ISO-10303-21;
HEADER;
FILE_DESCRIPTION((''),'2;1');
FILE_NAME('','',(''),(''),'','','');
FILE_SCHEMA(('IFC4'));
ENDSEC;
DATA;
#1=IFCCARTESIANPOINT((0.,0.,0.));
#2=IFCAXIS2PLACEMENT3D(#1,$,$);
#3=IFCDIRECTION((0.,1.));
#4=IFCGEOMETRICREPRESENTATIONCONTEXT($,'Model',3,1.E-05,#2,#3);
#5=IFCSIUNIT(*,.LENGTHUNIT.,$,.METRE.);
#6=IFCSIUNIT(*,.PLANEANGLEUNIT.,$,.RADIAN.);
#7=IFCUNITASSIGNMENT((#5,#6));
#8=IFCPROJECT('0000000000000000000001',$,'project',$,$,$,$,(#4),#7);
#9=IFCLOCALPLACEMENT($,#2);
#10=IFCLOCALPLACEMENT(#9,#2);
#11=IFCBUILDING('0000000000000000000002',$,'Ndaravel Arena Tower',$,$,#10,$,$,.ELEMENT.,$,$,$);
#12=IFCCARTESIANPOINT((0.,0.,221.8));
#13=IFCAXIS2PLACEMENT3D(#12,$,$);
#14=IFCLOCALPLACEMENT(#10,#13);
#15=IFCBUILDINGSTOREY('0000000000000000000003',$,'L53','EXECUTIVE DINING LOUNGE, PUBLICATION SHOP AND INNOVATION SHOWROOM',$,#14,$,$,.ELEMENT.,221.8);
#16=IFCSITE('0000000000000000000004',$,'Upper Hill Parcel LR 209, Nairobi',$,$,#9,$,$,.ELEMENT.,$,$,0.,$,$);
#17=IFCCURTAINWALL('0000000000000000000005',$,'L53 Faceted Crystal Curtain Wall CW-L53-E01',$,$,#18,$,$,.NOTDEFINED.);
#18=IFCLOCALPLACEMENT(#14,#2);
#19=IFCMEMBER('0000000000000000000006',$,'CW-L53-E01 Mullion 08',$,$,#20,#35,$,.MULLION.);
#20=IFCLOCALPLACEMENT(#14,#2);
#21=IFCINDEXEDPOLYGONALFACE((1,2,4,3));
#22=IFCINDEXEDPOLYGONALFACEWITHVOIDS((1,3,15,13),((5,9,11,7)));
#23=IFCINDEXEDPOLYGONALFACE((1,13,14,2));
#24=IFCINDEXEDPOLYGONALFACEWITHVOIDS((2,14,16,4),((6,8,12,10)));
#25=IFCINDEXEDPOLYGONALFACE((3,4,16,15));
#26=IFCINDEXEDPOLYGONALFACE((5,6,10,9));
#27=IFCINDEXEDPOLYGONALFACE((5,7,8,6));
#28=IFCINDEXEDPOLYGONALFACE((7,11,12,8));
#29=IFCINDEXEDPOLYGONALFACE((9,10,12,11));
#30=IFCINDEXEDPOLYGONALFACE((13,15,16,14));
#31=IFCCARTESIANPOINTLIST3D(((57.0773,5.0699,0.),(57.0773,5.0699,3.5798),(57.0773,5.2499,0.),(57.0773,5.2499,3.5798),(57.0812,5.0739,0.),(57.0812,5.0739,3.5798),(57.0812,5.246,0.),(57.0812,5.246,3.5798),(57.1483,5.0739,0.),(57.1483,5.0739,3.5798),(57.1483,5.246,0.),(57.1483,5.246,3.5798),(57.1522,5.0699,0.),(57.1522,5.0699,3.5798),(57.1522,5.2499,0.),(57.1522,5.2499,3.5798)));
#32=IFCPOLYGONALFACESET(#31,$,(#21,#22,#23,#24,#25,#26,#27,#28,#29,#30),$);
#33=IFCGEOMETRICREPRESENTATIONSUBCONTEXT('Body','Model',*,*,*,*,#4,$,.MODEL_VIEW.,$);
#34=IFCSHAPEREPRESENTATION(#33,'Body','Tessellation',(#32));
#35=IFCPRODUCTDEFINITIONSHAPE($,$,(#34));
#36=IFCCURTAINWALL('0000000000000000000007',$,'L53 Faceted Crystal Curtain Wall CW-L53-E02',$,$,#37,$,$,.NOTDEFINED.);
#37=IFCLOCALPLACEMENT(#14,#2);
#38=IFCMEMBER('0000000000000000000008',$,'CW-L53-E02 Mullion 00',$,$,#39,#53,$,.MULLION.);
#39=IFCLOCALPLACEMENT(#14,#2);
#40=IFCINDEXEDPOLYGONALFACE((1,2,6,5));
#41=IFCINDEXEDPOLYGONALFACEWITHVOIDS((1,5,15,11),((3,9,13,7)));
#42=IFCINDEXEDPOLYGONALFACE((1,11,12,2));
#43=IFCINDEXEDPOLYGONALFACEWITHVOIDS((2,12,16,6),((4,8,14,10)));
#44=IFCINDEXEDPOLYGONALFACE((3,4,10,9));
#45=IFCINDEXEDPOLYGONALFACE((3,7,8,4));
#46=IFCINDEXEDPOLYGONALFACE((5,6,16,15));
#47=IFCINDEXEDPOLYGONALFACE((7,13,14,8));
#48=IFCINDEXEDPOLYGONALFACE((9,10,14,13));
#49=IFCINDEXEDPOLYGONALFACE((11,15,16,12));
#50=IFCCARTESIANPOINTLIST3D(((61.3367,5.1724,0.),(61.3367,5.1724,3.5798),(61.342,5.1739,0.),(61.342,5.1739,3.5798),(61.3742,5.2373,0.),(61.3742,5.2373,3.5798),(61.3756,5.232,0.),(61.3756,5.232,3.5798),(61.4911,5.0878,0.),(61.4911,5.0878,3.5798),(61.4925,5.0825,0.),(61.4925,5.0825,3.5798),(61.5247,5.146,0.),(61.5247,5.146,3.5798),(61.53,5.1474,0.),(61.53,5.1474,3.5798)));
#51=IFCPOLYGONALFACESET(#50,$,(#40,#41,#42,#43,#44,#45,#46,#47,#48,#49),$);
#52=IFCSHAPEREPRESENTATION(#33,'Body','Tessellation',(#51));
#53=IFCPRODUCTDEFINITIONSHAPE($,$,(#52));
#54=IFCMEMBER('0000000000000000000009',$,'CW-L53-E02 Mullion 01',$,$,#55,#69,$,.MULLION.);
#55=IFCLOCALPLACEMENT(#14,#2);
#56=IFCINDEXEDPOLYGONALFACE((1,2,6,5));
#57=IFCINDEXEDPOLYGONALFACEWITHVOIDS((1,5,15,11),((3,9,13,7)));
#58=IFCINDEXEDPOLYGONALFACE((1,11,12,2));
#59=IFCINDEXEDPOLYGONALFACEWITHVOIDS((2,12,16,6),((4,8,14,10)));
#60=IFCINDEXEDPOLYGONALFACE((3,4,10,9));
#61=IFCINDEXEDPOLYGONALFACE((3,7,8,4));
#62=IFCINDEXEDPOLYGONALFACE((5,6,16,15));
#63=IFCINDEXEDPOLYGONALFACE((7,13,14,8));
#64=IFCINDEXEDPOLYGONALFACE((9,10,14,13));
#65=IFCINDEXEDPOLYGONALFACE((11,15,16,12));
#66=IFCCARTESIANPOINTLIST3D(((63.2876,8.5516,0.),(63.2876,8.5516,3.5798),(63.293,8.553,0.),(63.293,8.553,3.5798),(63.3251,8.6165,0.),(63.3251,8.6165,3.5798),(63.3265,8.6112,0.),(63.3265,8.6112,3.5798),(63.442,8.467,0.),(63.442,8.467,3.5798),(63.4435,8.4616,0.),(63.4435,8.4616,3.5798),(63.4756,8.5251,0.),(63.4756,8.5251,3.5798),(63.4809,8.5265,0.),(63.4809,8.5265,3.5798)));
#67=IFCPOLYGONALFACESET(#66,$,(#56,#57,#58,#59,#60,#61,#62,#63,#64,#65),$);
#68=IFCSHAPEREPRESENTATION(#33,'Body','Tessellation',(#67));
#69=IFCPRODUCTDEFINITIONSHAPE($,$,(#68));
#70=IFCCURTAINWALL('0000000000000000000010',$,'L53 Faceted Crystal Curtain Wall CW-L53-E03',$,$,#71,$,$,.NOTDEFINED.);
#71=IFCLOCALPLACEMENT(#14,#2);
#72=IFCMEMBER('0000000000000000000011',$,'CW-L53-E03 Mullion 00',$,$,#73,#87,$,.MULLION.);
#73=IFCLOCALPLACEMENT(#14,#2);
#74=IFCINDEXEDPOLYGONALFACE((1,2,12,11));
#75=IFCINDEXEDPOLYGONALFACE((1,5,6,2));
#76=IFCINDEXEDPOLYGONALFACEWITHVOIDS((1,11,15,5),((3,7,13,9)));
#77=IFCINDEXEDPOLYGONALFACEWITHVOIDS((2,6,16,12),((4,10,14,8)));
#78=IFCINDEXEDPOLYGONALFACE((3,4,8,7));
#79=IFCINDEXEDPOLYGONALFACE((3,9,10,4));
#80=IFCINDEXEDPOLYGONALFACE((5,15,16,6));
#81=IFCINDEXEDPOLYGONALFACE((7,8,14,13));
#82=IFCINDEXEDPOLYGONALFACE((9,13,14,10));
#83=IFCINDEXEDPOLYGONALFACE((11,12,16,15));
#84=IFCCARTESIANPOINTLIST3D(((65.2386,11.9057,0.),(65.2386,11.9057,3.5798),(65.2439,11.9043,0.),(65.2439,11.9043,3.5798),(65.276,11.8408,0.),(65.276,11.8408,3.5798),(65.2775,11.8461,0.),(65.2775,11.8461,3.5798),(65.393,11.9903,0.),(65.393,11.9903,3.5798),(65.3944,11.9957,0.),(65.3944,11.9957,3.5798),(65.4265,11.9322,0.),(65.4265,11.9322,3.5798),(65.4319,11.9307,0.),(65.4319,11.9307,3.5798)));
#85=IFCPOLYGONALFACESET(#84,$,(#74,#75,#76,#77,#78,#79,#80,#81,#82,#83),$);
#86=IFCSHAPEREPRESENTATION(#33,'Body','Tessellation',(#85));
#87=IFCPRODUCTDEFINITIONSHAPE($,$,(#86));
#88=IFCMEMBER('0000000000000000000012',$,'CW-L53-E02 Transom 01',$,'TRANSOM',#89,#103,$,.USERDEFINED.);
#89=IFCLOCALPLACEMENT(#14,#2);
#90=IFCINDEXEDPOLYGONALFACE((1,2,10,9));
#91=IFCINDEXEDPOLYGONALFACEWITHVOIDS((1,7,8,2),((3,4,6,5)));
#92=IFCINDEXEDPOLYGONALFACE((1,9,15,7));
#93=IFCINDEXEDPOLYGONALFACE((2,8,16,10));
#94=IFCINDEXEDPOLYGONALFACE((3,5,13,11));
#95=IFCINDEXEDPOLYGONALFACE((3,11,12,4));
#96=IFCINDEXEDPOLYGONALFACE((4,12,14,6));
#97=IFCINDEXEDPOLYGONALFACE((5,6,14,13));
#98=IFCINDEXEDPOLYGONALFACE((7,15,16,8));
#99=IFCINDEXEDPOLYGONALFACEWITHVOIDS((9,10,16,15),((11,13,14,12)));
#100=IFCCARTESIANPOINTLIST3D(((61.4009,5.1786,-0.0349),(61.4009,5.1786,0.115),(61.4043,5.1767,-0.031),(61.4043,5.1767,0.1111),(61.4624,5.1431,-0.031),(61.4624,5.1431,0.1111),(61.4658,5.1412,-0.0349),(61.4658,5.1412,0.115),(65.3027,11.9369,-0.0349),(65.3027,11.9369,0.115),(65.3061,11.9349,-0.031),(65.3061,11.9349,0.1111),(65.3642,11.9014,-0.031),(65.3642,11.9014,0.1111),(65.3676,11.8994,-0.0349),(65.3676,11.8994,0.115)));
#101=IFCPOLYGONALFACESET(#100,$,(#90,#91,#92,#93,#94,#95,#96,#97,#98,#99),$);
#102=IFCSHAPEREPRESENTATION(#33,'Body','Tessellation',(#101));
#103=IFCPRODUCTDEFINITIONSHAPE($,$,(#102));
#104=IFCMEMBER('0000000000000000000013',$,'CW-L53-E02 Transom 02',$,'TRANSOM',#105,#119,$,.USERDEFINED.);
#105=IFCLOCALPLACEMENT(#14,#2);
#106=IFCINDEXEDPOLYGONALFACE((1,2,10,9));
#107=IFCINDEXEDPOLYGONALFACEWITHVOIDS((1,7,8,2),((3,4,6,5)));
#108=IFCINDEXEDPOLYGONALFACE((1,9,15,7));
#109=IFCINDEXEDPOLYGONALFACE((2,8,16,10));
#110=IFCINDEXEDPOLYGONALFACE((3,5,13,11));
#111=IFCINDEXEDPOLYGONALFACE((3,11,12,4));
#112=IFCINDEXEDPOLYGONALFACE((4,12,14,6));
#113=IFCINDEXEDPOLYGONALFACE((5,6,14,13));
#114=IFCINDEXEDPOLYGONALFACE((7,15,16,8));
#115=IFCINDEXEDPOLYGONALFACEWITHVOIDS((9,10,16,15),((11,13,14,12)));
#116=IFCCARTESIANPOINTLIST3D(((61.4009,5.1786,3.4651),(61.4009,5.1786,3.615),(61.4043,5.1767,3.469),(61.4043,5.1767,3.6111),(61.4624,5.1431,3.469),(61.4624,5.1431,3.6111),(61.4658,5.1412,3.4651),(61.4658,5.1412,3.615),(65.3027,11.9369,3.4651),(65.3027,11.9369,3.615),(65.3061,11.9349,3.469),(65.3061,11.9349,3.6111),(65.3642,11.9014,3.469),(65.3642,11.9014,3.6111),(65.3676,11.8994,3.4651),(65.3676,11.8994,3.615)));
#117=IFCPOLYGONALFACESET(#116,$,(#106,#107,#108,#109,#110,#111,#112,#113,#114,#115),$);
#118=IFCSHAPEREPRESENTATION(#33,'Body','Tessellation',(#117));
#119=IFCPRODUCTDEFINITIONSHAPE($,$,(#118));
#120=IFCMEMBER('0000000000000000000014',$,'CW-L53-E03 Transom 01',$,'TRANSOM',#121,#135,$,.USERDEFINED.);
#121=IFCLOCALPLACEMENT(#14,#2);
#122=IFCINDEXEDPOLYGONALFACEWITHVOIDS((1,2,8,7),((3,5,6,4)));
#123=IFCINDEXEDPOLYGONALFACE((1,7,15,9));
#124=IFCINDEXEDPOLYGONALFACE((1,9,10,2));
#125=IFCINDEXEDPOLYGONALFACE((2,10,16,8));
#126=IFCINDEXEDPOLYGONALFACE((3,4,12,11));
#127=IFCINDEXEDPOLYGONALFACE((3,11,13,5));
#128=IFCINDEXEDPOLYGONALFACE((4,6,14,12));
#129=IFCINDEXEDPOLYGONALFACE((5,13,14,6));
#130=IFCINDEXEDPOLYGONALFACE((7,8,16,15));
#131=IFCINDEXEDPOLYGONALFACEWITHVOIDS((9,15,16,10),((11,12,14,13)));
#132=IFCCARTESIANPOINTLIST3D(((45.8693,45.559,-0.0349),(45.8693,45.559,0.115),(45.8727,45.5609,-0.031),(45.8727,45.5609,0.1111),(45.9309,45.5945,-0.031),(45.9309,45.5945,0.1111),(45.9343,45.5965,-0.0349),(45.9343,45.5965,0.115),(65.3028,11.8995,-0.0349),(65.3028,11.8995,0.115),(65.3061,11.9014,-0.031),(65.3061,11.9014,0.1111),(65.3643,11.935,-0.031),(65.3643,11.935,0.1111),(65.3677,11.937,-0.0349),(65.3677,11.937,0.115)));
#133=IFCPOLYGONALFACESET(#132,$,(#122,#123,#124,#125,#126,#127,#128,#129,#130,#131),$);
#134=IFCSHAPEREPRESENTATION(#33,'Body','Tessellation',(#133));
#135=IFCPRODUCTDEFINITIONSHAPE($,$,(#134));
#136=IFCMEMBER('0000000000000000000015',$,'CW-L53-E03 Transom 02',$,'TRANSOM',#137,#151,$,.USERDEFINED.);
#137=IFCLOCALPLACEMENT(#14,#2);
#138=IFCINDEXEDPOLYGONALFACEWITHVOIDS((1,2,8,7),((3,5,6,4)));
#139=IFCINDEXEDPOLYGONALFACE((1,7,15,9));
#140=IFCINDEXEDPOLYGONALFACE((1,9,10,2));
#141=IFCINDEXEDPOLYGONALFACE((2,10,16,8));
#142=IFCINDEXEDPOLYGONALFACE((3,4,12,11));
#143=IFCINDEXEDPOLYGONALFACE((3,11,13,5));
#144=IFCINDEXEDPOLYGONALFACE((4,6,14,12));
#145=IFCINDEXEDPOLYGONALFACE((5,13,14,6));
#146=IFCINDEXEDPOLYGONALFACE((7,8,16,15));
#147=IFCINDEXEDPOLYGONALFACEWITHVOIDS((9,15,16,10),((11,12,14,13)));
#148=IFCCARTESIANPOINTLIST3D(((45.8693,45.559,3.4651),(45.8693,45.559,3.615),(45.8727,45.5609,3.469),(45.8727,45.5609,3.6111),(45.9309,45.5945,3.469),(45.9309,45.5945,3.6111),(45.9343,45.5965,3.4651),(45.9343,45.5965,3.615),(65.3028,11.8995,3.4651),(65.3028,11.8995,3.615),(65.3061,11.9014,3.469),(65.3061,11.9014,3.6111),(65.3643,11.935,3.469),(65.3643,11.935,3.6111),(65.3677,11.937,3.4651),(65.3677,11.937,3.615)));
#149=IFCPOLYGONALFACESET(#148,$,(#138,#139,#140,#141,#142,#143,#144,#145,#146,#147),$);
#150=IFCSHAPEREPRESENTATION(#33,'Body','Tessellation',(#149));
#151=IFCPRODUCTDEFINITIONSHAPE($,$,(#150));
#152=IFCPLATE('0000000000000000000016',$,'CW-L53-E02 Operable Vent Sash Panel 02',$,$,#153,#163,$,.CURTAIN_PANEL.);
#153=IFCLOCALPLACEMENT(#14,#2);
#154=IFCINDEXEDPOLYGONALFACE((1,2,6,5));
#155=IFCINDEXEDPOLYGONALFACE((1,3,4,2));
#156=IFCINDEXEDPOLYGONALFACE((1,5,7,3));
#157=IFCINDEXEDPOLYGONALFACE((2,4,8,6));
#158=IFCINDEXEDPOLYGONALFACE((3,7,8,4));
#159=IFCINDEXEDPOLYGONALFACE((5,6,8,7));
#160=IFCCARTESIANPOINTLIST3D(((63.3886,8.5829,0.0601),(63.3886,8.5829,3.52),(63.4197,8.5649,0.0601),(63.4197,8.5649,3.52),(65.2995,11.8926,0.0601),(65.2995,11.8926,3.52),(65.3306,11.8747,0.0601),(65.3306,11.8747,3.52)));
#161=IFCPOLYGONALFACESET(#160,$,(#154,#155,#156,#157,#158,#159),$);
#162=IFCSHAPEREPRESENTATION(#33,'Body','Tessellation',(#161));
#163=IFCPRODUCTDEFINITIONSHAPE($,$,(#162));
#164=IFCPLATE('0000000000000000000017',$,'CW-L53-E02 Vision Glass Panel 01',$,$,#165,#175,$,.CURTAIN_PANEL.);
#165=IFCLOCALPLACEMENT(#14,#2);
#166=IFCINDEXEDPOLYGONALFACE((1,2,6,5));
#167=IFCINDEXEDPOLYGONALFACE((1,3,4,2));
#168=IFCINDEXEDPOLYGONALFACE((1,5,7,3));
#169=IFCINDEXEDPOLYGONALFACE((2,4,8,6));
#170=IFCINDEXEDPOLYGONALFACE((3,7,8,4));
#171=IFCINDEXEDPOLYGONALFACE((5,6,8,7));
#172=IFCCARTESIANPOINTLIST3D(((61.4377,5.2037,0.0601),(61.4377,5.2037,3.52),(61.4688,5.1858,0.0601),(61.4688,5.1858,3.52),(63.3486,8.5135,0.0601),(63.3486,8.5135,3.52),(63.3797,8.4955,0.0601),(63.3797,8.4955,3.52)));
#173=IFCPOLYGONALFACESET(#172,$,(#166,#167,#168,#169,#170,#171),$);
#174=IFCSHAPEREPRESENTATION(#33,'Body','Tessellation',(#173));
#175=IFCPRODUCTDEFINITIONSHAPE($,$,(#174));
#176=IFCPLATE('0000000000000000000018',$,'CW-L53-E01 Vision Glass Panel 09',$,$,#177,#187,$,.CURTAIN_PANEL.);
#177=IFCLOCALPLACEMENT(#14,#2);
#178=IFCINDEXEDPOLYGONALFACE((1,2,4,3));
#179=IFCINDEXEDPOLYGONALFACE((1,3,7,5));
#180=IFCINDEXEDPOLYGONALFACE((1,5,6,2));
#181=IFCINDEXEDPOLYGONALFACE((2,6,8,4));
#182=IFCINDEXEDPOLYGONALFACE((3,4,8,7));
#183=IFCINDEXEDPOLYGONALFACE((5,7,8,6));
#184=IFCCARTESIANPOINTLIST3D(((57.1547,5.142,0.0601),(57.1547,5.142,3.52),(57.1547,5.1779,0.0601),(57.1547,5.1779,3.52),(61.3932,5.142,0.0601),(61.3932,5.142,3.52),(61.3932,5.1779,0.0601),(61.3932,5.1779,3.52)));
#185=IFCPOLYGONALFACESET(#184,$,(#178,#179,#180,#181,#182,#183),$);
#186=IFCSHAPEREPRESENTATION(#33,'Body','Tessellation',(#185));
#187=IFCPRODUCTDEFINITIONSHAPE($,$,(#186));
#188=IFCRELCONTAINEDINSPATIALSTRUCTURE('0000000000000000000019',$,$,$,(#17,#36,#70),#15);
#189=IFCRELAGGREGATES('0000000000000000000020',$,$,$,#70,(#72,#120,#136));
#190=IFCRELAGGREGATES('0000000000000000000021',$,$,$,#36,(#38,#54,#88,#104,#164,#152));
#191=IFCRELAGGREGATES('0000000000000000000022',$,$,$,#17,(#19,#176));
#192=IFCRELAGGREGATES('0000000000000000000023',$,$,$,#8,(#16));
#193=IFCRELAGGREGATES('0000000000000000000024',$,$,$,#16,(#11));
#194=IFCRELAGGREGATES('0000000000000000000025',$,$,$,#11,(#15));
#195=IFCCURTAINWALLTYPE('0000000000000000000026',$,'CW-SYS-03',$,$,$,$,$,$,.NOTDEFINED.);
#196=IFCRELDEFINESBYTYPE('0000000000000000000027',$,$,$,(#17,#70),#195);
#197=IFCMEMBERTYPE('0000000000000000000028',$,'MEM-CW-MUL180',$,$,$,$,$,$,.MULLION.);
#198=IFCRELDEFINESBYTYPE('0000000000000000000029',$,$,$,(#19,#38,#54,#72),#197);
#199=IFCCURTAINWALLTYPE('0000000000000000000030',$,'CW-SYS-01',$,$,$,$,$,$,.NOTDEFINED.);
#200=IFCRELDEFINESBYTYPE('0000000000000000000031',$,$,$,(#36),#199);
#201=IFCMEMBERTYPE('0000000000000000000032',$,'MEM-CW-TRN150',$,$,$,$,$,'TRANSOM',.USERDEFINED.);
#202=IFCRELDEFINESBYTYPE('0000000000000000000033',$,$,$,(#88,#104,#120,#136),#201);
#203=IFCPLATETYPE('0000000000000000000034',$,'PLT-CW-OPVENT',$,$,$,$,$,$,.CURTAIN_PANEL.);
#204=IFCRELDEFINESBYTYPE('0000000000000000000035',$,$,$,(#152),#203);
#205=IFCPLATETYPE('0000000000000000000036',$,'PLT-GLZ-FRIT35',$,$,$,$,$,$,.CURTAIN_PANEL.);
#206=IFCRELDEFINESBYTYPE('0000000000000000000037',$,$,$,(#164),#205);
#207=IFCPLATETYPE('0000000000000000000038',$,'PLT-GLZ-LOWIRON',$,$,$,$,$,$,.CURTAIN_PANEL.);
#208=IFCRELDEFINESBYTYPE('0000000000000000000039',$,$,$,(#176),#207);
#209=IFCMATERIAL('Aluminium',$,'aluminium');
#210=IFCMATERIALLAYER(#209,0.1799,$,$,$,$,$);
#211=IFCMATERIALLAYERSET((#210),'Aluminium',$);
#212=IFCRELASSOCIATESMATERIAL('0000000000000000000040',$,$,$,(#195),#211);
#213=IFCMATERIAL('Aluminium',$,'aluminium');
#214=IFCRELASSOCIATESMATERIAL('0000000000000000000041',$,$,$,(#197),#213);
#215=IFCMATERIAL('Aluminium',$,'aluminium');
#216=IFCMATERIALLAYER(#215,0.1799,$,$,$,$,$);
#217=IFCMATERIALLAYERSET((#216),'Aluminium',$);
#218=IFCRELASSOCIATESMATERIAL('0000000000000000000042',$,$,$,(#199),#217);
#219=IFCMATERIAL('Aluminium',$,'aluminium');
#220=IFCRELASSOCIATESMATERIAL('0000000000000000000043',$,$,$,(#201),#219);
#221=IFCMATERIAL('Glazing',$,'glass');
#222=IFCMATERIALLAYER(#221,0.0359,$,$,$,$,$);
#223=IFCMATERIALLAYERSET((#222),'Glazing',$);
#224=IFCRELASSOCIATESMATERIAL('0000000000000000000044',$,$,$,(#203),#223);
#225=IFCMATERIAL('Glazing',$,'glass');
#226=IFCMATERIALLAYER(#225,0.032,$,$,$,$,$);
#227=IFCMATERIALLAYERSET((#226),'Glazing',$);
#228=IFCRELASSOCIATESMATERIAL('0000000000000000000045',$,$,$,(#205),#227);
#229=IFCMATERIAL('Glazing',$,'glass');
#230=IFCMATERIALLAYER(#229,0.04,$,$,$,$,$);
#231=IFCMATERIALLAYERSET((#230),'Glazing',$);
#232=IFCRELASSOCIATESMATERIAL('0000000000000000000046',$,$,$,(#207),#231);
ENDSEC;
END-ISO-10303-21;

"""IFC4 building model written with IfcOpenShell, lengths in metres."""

from ifc_helpers import new_model, si_unit, direction, frame, origin, origin_2d, place, context, subcontext, project, spatial, rectangle, hollow_rectangle, extrude, material, layer, layer_set, material_profile, profile_set, type_object, element, aggregate, save


model = new_model("IFC4")

# Units and contexts
model_context = context("Model", 3, precision=1e-05, world=origin(), true_north=direction((0.0, 1.0)))
body_context = subcontext(model_context, "Body", "Model", "MODEL_VIEW")
ifc_project = project(units=[si_unit("LENGTHUNIT", "METRE"), si_unit("PLANEANGLEUNIT", "RADIAN")], contexts=[model_context])

# Site, building, storey
site_placement = place(None, origin())
site = spatial("IfcSite", under=ifc_project, at=site_placement, Name="Upper Hill Parcel LR 209, Nairobi", CompositionType="ELEMENT", RefElevation=0.0)
building_placement = place(site_placement, origin())
building = spatial("IfcBuilding", under=site, at=building_placement, Name="Ndaravel Arena Tower", CompositionType="ELEMENT")
storey_placement = place(building_placement, frame((0.0, 0.0, 221.8)))
storey = spatial("IfcBuildingStorey", under=building, at=storey_placement, Name="L53", Description="EXECUTIVE DINING LOUNGE, PUBLICATION SHOP AND INNOVATION SHOWROOM", CompositionType="ELEMENT", Elevation=221.8)

# Curtain wall, member
ifc_material_1 = material(Name="Aluminium", Category="aluminium")
ifc_layer_1 = layer(ifc_material_1, 0.1799)
ifc_layer_set_1 = layer_set([ifc_layer_1], Name="Aluminium")
curtain_wall_type_1 = type_object("IfcCurtainWallType", Name="CW-SYS-03", PredefinedType="NOTDEFINED", material=ifc_layer_set_1)
curtain_wall_1_placement = place(storey_placement, origin())
curtain_wall_1 = element("IfcCurtainWall", 1, at=curtain_wall_1_placement, inside=storey, type_object=curtain_wall_type_1, Name="L53 Faceted Crystal Curtain Wall CW-L53-E01", PredefinedType="NOTDEFINED")
ifc_material_2 = material(Name="Aluminium", Category="aluminium")
ifc_material_profile_1 = material_profile(ifc_material_2, hollow_rectangle(XDim=0.075, YDim=0.1799, WallThickness=0.0039, at=origin_2d()), Name="CW MULLION 75x180x4")
ifc_profile_set_1 = profile_set([ifc_material_profile_1], Name="Aluminium")
member_type_1 = type_object("IfcMemberType", Name="MEM-CW-MUL180", PredefinedType="MULLION", material=ifc_profile_set_1)
member_1_placement = place(storey_placement, frame((57.1147, 5.1599, 0.0), z_axis=(0.0, 0.0, 1.0), x_axis=(1.0, 0.0, 0.0)))
member_1 = element("IfcMember", 2, at=member_1_placement, type_object=member_type_1, Name="CW-L53-E01 Mullion 08", PredefinedType="MULLION", context=body_context, shape_type="SweptSolid", body=[
    extrude(hollow_rectangle(XDim=0.075, YDim=0.1799, WallThickness=0.0039, at=origin_2d()), origin(), (0.0, 0.0, 1.0), 3.5798),
])

# Curtain wall, members
ifc_material_3 = material(Name="Aluminium", Category="aluminium")
ifc_layer_2 = layer(ifc_material_3, 0.1799)
ifc_layer_set_2 = layer_set([ifc_layer_2], Name="Aluminium")
curtain_wall_type_2 = type_object("IfcCurtainWallType", Name="CW-SYS-01", PredefinedType="NOTDEFINED", material=ifc_layer_set_2)
curtain_wall_2_placement = place(storey_placement, origin())
curtain_wall_2 = element("IfcCurtainWall", 3, at=curtain_wall_2_placement, inside=storey, type_object=curtain_wall_type_2, Name="L53 Faceted Crystal Curtain Wall CW-L53-E02", PredefinedType="NOTDEFINED")
member_2_placement = place(storey_placement, frame((61.4333, 5.1599, 0.0), z_axis=(0.0, 0.0, 1.0), x_axis=(0.5, 0.866025, 0.0)))
member_2 = element("IfcMember", 4, at=member_2_placement, type_object=member_type_1, Name="CW-L53-E02 Mullion 00", PredefinedType="MULLION", context=body_context, shape_type="SweptSolid", body=[
    extrude(hollow_rectangle(XDim=0.075, YDim=0.1799, WallThickness=0.0039, at=origin_2d()), origin(), (0.0, 0.0, 1.0), 3.5798),
])
member_3_placement = place(storey_placement, frame((63.3843, 8.5391, 0.0), z_axis=(0.0, 0.0, 1.0), x_axis=(0.5, 0.866025, 0.0)))
member_3 = element("IfcMember", 5, at=member_3_placement, type_object=member_type_1, Name="CW-L53-E02 Mullion 01", PredefinedType="MULLION", context=body_context, shape_type="SweptSolid", body=[
    extrude(hollow_rectangle(XDim=0.075, YDim=0.1799, WallThickness=0.0039, at=origin_2d()), origin(), (0.0, 0.0, 1.0), 3.5798),
])

# Curtain wall, member
curtain_wall_3_placement = place(storey_placement, origin())
curtain_wall_3 = element("IfcCurtainWall", 6, at=curtain_wall_3_placement, inside=storey, type_object=curtain_wall_type_1, Name="L53 Faceted Crystal Curtain Wall CW-L53-E03", PredefinedType="NOTDEFINED")
member_4_placement = place(storey_placement, frame((65.3352, 11.9182, 0.0), z_axis=(0.0, 0.0, 1.0), x_axis=(-0.5, 0.866025, 0.0)))
member_4 = element("IfcMember", 7, at=member_4_placement, type_object=member_type_1, Name="CW-L53-E03 Mullion 00", PredefinedType="MULLION", context=body_context, shape_type="SweptSolid", body=[
    extrude(hollow_rectangle(XDim=0.075, YDim=0.1799, WallThickness=0.0039, at=origin_2d()), origin(), (0.0, 0.0, 1.0), 3.5798),
])

# Members
ifc_material_4 = material(Name="Aluminium", Category="aluminium")
ifc_material_profile_2 = material_profile(ifc_material_4, hollow_rectangle(XDim=0.075, YDim=0.1499, WallThickness=0.0039, at=origin_2d()), Name="CW TRANSOM 75x150x4")
ifc_profile_set_2 = profile_set([ifc_material_profile_2], Name="Aluminium")
member_type_2 = type_object("IfcMemberType", Name="MEM-CW-TRN150", ElementType="TRANSOM", PredefinedType="USERDEFINED", material=ifc_profile_set_2)
member_5_placement = place(storey_placement, frame((61.4333, 5.1599, 0.04), z_axis=(0.499995, 0.866028, 0.0), x_axis=(-0.866028, 0.499995, 0.0)))
member_5 = element("IfcMember", 8, at=member_5_placement, type_object=member_type_2, Name="CW-L53-E02 Transom 01", ObjectType="TRANSOM", PredefinedType="USERDEFINED", context=body_context, shape_type="SweptSolid", body=[
    extrude(hollow_rectangle(XDim=0.075, YDim=0.1499, WallThickness=0.0039, at=origin_2d()), origin(), (0.0, 0.0, 1.0), 7.8037),
])
member_6_placement = place(storey_placement, frame((61.4333, 5.1599, 3.54), z_axis=(0.499995, 0.866028, 0.0), x_axis=(-0.866028, 0.499995, 0.0)))
member_6 = element("IfcMember", 9, at=member_6_placement, type_object=member_type_2, Name="CW-L53-E02 Transom 02", ObjectType="TRANSOM", PredefinedType="USERDEFINED", context=body_context, shape_type="SweptSolid", body=[
    extrude(hollow_rectangle(XDim=0.075, YDim=0.1499, WallThickness=0.0039, at=origin_2d()), origin(), (0.0, 0.0, 1.0), 7.8037),
])
member_7_placement = place(storey_placement, frame((65.3352, 11.9182, 0.04), z_axis=(-0.500001, 0.866025, 0.0), x_axis=(-0.866025, -0.500001, 0.0)))
member_7 = element("IfcMember", 10, at=member_7_placement, type_object=member_type_2, Name="CW-L53-E03 Transom 01", ObjectType="TRANSOM", PredefinedType="USERDEFINED", context=body_context, shape_type="SweptSolid", body=[
    extrude(hollow_rectangle(XDim=0.075, YDim=0.1499, WallThickness=0.0039, at=origin_2d()), origin(), (0.0, 0.0, 1.0), 38.8667),
])
member_8_placement = place(storey_placement, frame((65.3352, 11.9182, 3.54), z_axis=(-0.500001, 0.866025, 0.0), x_axis=(-0.866025, -0.500001, 0.0)))
member_8 = element("IfcMember", 11, at=member_8_placement, type_object=member_type_2, Name="CW-L53-E03 Transom 02", ObjectType="TRANSOM", PredefinedType="USERDEFINED", context=body_context, shape_type="SweptSolid", body=[
    extrude(hollow_rectangle(XDim=0.075, YDim=0.1499, WallThickness=0.0039, at=origin_2d()), origin(), (0.0, 0.0, 1.0), 38.8667),
])
aggregate(curtain_wall_3, [member_4, member_7, member_8])

# Plates
ifc_material_5 = material(Name="Glazing", Category="glass")
ifc_layer_3 = layer(ifc_material_5, 0.0359)
ifc_layer_set_3 = layer_set([ifc_layer_3], Name="Glazing")
plate_type_1 = type_object("IfcPlateType", Name="PLT-CW-OPVENT", PredefinedType="CURTAIN_PANEL", material=ifc_layer_set_3)
plate_1_placement = place(storey_placement, frame((64.3596, 10.2288, 0.0601), z_axis=(0.0, 0.0, 1.0), x_axis=(0.5, 0.866025, 0.0)))
plate_1 = element("IfcPlate", 12, at=plate_1_placement, type_object=plate_type_1, Name="CW-L53-E02 Operable Vent Sash Panel 02", PredefinedType="CURTAIN_PANEL", context=body_context, shape_type="SweptSolid", body=[
    extrude(rectangle(XDim=3.8218, YDim=0.0359, at=origin_2d()), origin(), (0.0, 0.0, 1.0), 3.46),
])
ifc_material_6 = material(Name="Glazing", Category="glass")
ifc_layer_4 = layer(ifc_material_6, 0.032)
ifc_layer_set_4 = layer_set([ifc_layer_4], Name="Glazing")
plate_type_2 = type_object("IfcPlateType", Name="PLT-GLZ-FRIT35", PredefinedType="CURTAIN_PANEL", material=ifc_layer_set_4)
plate_2_placement = place(storey_placement, frame((62.4087, 6.8496, 0.0601), z_axis=(0.0, 0.0, 1.0), x_axis=(0.5, 0.866025, 0.0)))
plate_2 = element("IfcPlate", 13, at=plate_2_placement, type_object=plate_type_2, Name="CW-L53-E02 Vision Glass Panel 01", PredefinedType="CURTAIN_PANEL", context=body_context, shape_type="SweptSolid", body=[
    extrude(rectangle(XDim=3.8218, YDim=0.0359, at=origin_2d()), origin(), (0.0, 0.0, 1.0), 3.46),
])
aggregate(curtain_wall_2, [member_2, member_3, member_5, member_6, plate_2, plate_1])
ifc_material_7 = material(Name="Glazing", Category="glass")
ifc_layer_5 = layer(ifc_material_7, 0.04)
ifc_layer_set_5 = layer_set([ifc_layer_5], Name="Glazing")
plate_type_3 = type_object("IfcPlateType", Name="PLT-GLZ-LOWIRON", PredefinedType="CURTAIN_PANEL", material=ifc_layer_set_5)
plate_3_placement = place(storey_placement, frame((59.2739, 5.1599, 0.0601), z_axis=(0.0, 0.0, 1.0), x_axis=(1.0, 0.0, 0.0)))
plate_3 = element("IfcPlate", 14, at=plate_3_placement, type_object=plate_type_3, Name="CW-L53-E01 Vision Glass Panel 09", PredefinedType="CURTAIN_PANEL", context=body_context, shape_type="SweptSolid", body=[
    extrude(rectangle(XDim=4.2385, YDim=0.0359, at=origin_2d()), origin(), (0.0, 0.0, 1.0), 3.46),
])
aggregate(curtain_wall_1, [member_1, plate_3])

save(model, "model.ifc")
